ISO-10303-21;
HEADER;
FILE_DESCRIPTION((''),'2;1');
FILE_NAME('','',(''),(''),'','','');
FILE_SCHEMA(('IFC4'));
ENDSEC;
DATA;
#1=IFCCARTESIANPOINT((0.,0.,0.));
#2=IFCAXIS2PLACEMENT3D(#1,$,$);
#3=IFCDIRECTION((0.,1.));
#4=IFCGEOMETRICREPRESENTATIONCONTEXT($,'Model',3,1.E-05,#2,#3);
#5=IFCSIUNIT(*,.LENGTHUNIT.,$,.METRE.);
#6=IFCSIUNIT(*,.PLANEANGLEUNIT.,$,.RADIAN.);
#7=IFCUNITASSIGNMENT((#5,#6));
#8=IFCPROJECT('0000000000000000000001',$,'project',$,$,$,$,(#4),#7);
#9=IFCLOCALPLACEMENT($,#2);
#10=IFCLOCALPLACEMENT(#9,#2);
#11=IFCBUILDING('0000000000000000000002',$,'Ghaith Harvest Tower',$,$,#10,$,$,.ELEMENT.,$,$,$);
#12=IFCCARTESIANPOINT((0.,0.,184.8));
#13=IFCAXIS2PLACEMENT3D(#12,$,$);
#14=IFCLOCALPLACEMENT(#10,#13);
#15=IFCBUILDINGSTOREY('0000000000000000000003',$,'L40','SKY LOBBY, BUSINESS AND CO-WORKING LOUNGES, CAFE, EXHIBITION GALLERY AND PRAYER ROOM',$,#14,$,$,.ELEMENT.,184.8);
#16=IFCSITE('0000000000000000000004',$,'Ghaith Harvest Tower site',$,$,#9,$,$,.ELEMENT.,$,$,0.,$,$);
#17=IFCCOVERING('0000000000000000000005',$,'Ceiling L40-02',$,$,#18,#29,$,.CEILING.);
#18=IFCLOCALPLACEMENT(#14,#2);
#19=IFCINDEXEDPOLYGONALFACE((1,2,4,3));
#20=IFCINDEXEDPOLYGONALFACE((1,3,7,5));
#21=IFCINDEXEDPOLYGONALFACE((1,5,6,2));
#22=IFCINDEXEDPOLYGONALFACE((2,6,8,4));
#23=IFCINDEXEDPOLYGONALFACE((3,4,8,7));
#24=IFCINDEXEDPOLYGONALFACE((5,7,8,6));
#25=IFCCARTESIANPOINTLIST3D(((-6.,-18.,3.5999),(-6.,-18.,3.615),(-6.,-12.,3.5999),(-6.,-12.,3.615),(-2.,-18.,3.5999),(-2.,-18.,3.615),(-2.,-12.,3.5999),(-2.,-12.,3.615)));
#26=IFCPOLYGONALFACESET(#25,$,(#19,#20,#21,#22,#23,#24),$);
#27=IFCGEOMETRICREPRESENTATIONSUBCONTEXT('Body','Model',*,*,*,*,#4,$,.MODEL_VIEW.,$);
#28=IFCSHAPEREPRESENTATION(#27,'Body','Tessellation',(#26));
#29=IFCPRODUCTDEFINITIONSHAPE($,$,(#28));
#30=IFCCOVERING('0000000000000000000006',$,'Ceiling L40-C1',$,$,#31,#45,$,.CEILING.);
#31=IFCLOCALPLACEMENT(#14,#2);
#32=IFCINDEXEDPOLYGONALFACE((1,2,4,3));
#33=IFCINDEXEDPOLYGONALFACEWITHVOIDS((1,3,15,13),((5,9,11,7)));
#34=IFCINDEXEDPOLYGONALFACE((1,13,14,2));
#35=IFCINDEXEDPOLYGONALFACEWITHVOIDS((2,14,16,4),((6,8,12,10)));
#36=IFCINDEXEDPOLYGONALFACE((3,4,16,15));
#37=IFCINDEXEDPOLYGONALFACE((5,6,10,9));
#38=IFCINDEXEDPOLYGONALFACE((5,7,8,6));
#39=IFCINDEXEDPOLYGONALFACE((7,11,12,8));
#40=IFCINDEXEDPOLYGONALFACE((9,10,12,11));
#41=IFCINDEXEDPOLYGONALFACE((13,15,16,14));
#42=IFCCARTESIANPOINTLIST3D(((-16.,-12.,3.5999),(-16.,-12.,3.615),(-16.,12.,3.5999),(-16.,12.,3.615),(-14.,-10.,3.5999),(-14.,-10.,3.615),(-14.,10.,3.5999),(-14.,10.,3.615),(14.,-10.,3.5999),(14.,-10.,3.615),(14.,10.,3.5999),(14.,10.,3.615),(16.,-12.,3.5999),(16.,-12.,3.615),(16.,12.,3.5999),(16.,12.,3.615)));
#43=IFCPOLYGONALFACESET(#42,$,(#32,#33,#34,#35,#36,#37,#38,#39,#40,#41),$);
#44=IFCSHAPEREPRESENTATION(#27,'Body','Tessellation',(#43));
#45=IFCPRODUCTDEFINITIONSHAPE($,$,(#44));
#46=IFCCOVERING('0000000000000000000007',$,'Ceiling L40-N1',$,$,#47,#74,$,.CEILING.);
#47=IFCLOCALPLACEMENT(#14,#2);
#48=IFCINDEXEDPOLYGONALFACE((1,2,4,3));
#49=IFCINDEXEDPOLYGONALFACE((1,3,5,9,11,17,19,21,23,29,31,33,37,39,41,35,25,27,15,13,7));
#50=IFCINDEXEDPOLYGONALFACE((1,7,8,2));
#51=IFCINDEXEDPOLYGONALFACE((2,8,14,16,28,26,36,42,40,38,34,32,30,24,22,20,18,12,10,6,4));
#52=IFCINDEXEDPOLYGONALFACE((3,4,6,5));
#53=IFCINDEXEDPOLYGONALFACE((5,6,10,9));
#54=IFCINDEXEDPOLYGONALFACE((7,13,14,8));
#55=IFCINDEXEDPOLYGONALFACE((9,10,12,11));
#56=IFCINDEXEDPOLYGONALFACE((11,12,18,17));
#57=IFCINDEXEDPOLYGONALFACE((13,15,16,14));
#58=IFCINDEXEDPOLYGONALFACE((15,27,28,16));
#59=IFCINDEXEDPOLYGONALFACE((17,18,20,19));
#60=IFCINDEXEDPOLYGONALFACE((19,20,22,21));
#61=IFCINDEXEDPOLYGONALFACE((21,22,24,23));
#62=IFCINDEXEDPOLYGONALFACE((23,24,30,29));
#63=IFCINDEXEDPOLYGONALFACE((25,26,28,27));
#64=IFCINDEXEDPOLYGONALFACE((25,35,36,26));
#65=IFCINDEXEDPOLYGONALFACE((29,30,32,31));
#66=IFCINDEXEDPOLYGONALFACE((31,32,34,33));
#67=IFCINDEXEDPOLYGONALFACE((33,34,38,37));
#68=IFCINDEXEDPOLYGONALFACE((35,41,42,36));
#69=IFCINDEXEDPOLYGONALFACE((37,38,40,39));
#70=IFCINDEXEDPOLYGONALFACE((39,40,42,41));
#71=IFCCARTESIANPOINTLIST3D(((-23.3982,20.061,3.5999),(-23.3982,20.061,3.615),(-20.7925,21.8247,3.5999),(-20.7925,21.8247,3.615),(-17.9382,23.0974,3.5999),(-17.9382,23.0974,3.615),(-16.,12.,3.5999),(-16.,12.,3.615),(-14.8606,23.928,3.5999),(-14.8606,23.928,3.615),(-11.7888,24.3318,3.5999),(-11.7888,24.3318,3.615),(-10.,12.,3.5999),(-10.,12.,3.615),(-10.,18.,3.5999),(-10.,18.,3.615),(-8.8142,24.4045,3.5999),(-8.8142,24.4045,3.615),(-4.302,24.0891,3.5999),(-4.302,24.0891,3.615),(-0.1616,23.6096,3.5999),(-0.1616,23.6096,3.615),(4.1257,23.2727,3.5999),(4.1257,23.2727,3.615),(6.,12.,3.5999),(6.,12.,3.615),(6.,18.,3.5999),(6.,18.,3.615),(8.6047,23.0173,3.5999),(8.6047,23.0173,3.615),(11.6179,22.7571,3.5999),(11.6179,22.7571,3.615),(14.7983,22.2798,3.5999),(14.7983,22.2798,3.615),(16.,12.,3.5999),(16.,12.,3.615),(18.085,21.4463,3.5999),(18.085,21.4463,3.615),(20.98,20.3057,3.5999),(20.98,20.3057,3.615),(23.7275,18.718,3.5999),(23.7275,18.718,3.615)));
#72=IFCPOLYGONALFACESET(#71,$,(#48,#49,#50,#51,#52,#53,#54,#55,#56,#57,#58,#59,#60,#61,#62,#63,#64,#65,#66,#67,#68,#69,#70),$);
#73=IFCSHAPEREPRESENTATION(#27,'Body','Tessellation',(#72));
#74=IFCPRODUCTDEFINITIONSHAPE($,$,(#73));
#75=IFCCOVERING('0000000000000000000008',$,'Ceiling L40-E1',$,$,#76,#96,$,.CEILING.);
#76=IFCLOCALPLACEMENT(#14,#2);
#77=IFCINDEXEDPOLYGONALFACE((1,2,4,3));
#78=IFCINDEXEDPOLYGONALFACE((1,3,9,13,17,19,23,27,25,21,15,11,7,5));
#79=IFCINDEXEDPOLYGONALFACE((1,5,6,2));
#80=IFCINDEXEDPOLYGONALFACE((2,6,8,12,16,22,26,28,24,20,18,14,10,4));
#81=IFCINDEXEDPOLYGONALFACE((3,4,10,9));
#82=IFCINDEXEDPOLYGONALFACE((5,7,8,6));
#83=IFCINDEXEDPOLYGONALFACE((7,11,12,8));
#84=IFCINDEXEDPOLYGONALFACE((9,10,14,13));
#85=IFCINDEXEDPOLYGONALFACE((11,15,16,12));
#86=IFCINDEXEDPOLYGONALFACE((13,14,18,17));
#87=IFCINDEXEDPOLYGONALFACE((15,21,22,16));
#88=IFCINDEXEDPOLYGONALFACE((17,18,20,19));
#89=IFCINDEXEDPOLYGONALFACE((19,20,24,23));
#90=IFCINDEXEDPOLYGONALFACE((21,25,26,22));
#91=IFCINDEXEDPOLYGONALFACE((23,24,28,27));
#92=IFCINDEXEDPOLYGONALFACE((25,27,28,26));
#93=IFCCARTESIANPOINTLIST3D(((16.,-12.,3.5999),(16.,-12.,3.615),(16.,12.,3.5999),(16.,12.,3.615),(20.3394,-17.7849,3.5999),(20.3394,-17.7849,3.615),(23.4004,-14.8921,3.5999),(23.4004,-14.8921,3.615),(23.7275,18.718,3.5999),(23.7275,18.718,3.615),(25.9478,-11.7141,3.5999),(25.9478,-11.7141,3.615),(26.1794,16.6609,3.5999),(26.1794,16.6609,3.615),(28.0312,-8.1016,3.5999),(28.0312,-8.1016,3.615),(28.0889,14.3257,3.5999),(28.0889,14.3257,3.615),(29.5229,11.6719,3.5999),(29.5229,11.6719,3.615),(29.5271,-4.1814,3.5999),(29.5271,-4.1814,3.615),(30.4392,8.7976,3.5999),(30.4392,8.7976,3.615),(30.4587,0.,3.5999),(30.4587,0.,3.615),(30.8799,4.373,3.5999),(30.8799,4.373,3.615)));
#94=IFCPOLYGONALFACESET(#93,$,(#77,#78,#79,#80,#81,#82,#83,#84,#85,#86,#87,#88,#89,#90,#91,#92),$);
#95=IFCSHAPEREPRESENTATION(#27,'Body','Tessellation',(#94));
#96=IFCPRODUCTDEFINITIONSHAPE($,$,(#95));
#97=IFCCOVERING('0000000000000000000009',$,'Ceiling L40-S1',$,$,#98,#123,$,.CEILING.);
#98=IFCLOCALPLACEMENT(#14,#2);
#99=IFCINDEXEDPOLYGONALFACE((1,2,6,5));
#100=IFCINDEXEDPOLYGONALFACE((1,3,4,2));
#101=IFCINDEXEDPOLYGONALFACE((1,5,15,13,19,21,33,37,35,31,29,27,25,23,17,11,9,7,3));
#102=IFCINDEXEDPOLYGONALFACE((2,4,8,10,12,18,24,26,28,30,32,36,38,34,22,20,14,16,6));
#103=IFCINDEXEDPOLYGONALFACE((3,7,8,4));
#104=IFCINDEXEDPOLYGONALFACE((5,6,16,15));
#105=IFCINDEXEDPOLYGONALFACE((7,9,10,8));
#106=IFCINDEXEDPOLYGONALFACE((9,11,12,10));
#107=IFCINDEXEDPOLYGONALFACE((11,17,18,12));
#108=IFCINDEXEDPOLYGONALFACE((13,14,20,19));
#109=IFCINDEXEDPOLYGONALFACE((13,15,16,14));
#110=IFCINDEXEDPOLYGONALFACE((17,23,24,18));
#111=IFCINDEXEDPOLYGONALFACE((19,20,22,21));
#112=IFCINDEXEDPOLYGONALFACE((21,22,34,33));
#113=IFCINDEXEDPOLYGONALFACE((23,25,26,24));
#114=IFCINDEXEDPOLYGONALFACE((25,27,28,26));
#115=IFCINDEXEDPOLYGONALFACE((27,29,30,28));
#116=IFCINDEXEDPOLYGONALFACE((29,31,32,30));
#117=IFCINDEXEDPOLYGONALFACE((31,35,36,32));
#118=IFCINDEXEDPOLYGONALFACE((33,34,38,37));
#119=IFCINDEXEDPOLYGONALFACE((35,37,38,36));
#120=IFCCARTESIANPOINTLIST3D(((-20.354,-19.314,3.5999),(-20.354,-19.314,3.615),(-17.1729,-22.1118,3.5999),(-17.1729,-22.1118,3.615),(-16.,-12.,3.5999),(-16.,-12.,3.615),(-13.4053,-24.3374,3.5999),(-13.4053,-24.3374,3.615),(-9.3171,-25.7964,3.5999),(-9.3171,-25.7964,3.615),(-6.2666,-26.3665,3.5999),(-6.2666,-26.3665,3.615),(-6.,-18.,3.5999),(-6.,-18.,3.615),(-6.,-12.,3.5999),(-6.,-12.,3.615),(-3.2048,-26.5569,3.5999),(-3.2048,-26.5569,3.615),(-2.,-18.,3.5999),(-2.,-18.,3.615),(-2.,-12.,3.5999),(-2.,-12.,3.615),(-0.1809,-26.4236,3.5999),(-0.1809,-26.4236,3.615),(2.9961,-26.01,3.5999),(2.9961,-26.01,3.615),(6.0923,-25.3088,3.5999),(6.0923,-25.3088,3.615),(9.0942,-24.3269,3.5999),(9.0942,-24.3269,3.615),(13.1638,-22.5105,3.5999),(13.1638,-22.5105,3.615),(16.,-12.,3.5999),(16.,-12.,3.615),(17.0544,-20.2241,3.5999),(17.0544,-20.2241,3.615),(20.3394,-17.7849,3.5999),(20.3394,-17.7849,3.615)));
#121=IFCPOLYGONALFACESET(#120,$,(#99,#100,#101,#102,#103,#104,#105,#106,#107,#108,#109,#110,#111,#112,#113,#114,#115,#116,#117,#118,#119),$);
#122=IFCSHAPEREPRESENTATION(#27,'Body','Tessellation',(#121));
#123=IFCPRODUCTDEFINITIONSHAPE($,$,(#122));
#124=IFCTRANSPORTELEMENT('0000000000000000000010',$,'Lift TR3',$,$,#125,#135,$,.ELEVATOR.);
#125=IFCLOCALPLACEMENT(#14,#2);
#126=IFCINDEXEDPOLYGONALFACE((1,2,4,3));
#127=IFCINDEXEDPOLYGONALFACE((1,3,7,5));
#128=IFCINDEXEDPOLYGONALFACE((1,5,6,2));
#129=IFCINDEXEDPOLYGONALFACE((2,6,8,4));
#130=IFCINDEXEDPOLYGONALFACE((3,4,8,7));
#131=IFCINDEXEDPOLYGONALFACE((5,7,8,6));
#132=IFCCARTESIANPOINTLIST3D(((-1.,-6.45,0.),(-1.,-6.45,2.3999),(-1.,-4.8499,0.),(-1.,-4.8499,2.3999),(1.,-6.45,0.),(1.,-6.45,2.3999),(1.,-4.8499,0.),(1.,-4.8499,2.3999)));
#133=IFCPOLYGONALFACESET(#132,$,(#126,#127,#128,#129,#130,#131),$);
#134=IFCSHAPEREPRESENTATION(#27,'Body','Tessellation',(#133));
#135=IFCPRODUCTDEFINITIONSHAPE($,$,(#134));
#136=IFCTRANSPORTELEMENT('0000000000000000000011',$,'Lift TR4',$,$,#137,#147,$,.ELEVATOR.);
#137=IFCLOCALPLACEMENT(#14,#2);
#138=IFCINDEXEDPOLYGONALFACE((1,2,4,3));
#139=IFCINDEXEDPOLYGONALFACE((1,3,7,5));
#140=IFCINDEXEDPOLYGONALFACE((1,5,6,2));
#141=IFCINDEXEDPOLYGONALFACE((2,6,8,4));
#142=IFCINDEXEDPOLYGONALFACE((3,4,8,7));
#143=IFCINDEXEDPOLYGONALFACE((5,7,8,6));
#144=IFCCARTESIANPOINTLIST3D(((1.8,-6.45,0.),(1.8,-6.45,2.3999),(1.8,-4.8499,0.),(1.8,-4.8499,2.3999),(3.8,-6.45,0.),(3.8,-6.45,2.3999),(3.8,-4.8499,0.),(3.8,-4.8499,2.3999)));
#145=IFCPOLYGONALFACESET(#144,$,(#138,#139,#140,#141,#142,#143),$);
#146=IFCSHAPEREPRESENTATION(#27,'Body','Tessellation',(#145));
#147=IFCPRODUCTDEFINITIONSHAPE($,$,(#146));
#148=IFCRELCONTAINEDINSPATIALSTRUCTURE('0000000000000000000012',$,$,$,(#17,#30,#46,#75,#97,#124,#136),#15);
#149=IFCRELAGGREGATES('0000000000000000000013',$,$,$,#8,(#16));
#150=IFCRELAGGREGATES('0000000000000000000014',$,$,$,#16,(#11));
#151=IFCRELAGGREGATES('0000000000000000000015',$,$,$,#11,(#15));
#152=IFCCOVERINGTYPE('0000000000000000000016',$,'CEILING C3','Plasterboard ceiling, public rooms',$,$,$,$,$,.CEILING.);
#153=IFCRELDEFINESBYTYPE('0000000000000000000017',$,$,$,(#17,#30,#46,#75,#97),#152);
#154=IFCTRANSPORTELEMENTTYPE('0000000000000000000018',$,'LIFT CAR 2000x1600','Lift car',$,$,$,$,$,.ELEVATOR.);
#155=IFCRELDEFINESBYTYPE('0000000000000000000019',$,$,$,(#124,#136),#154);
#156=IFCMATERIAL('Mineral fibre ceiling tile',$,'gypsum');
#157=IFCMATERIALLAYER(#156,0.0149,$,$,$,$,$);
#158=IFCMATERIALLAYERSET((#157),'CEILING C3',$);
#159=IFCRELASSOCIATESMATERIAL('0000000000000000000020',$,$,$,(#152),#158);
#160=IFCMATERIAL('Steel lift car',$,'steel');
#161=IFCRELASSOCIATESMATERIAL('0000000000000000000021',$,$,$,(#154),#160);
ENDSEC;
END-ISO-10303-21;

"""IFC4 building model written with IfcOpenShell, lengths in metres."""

from ifc_helpers import new_model, si_unit, direction, frame, origin, origin_2d, place, context, subcontext, project, spatial, polyline, rectangle, outline, extrude, material, layer, layer_set, type_object, element, save


model = new_model("IFC4")

# Units and contexts
model_context = context("Model", 3, precision=1e-05, world=origin(), true_north=direction((0.0, 1.0)))
body_context = subcontext(model_context, "Body", "Model", "MODEL_VIEW")
ifc_project = project(units=[si_unit("LENGTHUNIT", "METRE"), si_unit("PLANEANGLEUNIT", "RADIAN")], contexts=[model_context])

# Site, building, storey
site_placement = place(None, origin())
site = spatial("IfcSite", under=ifc_project, at=site_placement, Name="Ghaith Harvest Tower site", CompositionType="ELEMENT", RefElevation=0.0)
building_placement = place(site_placement, origin())
building = spatial("IfcBuilding", under=site, at=building_placement, Name="Ghaith Harvest Tower", CompositionType="ELEMENT")
storey_placement = place(building_placement, frame((0.0, 0.0, 184.8)))
storey = spatial("IfcBuildingStorey", under=building, at=storey_placement, Name="L40", Description="SKY LOBBY, BUSINESS AND CO-WORKING LOUNGES, CAFE, EXHIBITION GALLERY AND PRAYER ROOM", CompositionType="ELEMENT", Elevation=184.8)

# Coverings
ifc_material_1 = material(Name="Mineral fibre ceiling tile", Category="gypsum")
ifc_layer_1 = layer(ifc_material_1, 0.0149)
ifc_layer_set_1 = layer_set([ifc_layer_1], Name="CEILING C3")
covering_type = type_object("IfcCoveringType", Name="CEILING C3", Description="Plasterboard ceiling, public rooms", PredefinedType="CEILING", material=ifc_layer_set_1)
covering_1_placement = place(storey_placement, frame((0.0, 0.0, 3.5999)))
element("IfcCovering", 1, at=covering_1_placement, inside=storey, type_object=covering_type, Name="Ceiling L40-02", PredefinedType="CEILING", context=body_context, shape_type="SweptSolid", body=[
    extrude(outline(polyline([(-6.0, -18.0), (-2.0, -18.0), (-2.0, -12.0), (-6.0, -12.0), (-6.0, -18.0)])), origin(), (0.0, 0.0, 1.0), 0.0151),
])
covering_2_placement = place(storey_placement, frame((0.0, 0.0, 3.5999)))
element("IfcCovering", 2, at=covering_2_placement, inside=storey, type_object=covering_type, Name="Ceiling L40-C1", PredefinedType="CEILING", context=body_context, shape_type="SweptSolid", body=[
    extrude(outline(polyline([(-16.0, 12.0), (16.0, 12.0), (16.0, -12.0), (-16.0, -12.0), (-16.0, 12.0)]), holes=[polyline([(-14.0, -10.0), (14.0, -10.0), (14.0, 10.0), (-14.0, 10.0), (-14.0, -10.0)])]), origin(), (0.0, 0.0, 1.0), 0.0151),
])
covering_3_placement = place(storey_placement, frame((0.0, 0.0, 3.5999)))
element("IfcCovering", 3, at=covering_3_placement, inside=storey, type_object=covering_type, Name="Ceiling L40-N1", PredefinedType="CEILING", context=body_context, shape_type="SweptSolid", body=[
    extrude(outline(polyline([(-20.7925, 21.8247), (-17.9382, 23.0974), (-14.8606, 23.928), (-11.7888, 24.3318), (-8.8142, 24.4045), (-4.302, 24.0891), (-0.1616, 23.6096), (4.1257, 23.2727), (8.6047, 23.0173), (11.6179, 22.7571), (14.7983, 22.2798), (18.085, 21.4463), (20.98, 20.3057), (23.7275, 18.718), (16.0, 12.0), (6.0, 12.0), (6.0, 18.0), (-10.0, 18.0), (-10.0, 12.0), (-16.0, 12.0), (-23.3982, 20.061), (-20.7925, 21.8247)])), origin(), (0.0, 0.0, 1.0), 0.0151),
])
covering_4_placement = place(storey_placement, frame((0.0, 0.0, 3.5999)))
element("IfcCovering", 4, at=covering_4_placement, inside=storey, type_object=covering_type, Name="Ceiling L40-E1", PredefinedType="CEILING", context=body_context, shape_type="SweptSolid", body=[
    extrude(outline(polyline([(20.3394, -17.7849), (16.0, -12.0), (16.0, 12.0), (23.7275, 18.718), (26.1794, 16.6609), (28.0889, 14.3257), (29.5229, 11.6719), (30.4392, 8.7976), (30.8799, 4.373), (30.4587, 0.0), (29.5271, -4.1814), (28.0312, -8.1016), (25.9478, -11.7141), (23.4004, -14.8921), (20.3394, -17.7849)])), origin(), (0.0, 0.0, 1.0), 0.0151),
])
covering_5_placement = place(storey_placement, frame((0.0, 0.0, 3.5999)))
element("IfcCovering", 5, at=covering_5_placement, inside=storey, type_object=covering_type, Name="Ceiling L40-S1", PredefinedType="CEILING", context=body_context, shape_type="SweptSolid", body=[
    extrude(outline(polyline([(17.0544, -20.2241), (13.1638, -22.5105), (9.0942, -24.3269), (6.0923, -25.3088), (2.9961, -26.01), (-0.1809, -26.4236), (-3.2048, -26.5569), (-6.2666, -26.3665), (-9.3171, -25.7964), (-13.4053, -24.3374), (-17.1729, -22.1118), (-20.354, -19.314), (-16.0, -12.0), (-6.0, -12.0), (-6.0, -18.0), (-2.0, -18.0), (-2.0, -12.0), (16.0, -12.0), (20.3394, -17.7849), (17.0544, -20.2241)])), origin(), (0.0, 0.0, 1.0), 0.0151),
])

# Transport elements
ifc_material_2 = material(Name="Steel lift car", Category="steel")
transport_element_type = type_object("IfcTransportElementType", Name="LIFT CAR 2000x1600", Description="Lift car", PredefinedType="ELEVATOR", material=ifc_material_2)
for number, where, z_axis, x_axis, name in (
    (6, (0.0, -5.6499, 0.0), (0.0, 0.0, 1.0), (1.0, 0.0, 0.0), "Lift TR3"),
    (7, (2.8, -5.6499, 0.0), (0.0, 0.0, 1.0), (1.0, 0.0, 0.0), "Lift TR4"),
):
    element("IfcTransportElement", number, at=place(storey_placement, frame(where, z_axis=z_axis, x_axis=x_axis)), inside=storey, type_object=transport_element_type, Name=name, PredefinedType="ELEVATOR", context=body_context, shape_type="SweptSolid", body=[
        extrude(rectangle(XDim=2.0, YDim=1.6001, at=origin_2d()), origin(), (0.0, 0.0, 1.0), 2.3999),
    ])

save(model, "model.ifc")
